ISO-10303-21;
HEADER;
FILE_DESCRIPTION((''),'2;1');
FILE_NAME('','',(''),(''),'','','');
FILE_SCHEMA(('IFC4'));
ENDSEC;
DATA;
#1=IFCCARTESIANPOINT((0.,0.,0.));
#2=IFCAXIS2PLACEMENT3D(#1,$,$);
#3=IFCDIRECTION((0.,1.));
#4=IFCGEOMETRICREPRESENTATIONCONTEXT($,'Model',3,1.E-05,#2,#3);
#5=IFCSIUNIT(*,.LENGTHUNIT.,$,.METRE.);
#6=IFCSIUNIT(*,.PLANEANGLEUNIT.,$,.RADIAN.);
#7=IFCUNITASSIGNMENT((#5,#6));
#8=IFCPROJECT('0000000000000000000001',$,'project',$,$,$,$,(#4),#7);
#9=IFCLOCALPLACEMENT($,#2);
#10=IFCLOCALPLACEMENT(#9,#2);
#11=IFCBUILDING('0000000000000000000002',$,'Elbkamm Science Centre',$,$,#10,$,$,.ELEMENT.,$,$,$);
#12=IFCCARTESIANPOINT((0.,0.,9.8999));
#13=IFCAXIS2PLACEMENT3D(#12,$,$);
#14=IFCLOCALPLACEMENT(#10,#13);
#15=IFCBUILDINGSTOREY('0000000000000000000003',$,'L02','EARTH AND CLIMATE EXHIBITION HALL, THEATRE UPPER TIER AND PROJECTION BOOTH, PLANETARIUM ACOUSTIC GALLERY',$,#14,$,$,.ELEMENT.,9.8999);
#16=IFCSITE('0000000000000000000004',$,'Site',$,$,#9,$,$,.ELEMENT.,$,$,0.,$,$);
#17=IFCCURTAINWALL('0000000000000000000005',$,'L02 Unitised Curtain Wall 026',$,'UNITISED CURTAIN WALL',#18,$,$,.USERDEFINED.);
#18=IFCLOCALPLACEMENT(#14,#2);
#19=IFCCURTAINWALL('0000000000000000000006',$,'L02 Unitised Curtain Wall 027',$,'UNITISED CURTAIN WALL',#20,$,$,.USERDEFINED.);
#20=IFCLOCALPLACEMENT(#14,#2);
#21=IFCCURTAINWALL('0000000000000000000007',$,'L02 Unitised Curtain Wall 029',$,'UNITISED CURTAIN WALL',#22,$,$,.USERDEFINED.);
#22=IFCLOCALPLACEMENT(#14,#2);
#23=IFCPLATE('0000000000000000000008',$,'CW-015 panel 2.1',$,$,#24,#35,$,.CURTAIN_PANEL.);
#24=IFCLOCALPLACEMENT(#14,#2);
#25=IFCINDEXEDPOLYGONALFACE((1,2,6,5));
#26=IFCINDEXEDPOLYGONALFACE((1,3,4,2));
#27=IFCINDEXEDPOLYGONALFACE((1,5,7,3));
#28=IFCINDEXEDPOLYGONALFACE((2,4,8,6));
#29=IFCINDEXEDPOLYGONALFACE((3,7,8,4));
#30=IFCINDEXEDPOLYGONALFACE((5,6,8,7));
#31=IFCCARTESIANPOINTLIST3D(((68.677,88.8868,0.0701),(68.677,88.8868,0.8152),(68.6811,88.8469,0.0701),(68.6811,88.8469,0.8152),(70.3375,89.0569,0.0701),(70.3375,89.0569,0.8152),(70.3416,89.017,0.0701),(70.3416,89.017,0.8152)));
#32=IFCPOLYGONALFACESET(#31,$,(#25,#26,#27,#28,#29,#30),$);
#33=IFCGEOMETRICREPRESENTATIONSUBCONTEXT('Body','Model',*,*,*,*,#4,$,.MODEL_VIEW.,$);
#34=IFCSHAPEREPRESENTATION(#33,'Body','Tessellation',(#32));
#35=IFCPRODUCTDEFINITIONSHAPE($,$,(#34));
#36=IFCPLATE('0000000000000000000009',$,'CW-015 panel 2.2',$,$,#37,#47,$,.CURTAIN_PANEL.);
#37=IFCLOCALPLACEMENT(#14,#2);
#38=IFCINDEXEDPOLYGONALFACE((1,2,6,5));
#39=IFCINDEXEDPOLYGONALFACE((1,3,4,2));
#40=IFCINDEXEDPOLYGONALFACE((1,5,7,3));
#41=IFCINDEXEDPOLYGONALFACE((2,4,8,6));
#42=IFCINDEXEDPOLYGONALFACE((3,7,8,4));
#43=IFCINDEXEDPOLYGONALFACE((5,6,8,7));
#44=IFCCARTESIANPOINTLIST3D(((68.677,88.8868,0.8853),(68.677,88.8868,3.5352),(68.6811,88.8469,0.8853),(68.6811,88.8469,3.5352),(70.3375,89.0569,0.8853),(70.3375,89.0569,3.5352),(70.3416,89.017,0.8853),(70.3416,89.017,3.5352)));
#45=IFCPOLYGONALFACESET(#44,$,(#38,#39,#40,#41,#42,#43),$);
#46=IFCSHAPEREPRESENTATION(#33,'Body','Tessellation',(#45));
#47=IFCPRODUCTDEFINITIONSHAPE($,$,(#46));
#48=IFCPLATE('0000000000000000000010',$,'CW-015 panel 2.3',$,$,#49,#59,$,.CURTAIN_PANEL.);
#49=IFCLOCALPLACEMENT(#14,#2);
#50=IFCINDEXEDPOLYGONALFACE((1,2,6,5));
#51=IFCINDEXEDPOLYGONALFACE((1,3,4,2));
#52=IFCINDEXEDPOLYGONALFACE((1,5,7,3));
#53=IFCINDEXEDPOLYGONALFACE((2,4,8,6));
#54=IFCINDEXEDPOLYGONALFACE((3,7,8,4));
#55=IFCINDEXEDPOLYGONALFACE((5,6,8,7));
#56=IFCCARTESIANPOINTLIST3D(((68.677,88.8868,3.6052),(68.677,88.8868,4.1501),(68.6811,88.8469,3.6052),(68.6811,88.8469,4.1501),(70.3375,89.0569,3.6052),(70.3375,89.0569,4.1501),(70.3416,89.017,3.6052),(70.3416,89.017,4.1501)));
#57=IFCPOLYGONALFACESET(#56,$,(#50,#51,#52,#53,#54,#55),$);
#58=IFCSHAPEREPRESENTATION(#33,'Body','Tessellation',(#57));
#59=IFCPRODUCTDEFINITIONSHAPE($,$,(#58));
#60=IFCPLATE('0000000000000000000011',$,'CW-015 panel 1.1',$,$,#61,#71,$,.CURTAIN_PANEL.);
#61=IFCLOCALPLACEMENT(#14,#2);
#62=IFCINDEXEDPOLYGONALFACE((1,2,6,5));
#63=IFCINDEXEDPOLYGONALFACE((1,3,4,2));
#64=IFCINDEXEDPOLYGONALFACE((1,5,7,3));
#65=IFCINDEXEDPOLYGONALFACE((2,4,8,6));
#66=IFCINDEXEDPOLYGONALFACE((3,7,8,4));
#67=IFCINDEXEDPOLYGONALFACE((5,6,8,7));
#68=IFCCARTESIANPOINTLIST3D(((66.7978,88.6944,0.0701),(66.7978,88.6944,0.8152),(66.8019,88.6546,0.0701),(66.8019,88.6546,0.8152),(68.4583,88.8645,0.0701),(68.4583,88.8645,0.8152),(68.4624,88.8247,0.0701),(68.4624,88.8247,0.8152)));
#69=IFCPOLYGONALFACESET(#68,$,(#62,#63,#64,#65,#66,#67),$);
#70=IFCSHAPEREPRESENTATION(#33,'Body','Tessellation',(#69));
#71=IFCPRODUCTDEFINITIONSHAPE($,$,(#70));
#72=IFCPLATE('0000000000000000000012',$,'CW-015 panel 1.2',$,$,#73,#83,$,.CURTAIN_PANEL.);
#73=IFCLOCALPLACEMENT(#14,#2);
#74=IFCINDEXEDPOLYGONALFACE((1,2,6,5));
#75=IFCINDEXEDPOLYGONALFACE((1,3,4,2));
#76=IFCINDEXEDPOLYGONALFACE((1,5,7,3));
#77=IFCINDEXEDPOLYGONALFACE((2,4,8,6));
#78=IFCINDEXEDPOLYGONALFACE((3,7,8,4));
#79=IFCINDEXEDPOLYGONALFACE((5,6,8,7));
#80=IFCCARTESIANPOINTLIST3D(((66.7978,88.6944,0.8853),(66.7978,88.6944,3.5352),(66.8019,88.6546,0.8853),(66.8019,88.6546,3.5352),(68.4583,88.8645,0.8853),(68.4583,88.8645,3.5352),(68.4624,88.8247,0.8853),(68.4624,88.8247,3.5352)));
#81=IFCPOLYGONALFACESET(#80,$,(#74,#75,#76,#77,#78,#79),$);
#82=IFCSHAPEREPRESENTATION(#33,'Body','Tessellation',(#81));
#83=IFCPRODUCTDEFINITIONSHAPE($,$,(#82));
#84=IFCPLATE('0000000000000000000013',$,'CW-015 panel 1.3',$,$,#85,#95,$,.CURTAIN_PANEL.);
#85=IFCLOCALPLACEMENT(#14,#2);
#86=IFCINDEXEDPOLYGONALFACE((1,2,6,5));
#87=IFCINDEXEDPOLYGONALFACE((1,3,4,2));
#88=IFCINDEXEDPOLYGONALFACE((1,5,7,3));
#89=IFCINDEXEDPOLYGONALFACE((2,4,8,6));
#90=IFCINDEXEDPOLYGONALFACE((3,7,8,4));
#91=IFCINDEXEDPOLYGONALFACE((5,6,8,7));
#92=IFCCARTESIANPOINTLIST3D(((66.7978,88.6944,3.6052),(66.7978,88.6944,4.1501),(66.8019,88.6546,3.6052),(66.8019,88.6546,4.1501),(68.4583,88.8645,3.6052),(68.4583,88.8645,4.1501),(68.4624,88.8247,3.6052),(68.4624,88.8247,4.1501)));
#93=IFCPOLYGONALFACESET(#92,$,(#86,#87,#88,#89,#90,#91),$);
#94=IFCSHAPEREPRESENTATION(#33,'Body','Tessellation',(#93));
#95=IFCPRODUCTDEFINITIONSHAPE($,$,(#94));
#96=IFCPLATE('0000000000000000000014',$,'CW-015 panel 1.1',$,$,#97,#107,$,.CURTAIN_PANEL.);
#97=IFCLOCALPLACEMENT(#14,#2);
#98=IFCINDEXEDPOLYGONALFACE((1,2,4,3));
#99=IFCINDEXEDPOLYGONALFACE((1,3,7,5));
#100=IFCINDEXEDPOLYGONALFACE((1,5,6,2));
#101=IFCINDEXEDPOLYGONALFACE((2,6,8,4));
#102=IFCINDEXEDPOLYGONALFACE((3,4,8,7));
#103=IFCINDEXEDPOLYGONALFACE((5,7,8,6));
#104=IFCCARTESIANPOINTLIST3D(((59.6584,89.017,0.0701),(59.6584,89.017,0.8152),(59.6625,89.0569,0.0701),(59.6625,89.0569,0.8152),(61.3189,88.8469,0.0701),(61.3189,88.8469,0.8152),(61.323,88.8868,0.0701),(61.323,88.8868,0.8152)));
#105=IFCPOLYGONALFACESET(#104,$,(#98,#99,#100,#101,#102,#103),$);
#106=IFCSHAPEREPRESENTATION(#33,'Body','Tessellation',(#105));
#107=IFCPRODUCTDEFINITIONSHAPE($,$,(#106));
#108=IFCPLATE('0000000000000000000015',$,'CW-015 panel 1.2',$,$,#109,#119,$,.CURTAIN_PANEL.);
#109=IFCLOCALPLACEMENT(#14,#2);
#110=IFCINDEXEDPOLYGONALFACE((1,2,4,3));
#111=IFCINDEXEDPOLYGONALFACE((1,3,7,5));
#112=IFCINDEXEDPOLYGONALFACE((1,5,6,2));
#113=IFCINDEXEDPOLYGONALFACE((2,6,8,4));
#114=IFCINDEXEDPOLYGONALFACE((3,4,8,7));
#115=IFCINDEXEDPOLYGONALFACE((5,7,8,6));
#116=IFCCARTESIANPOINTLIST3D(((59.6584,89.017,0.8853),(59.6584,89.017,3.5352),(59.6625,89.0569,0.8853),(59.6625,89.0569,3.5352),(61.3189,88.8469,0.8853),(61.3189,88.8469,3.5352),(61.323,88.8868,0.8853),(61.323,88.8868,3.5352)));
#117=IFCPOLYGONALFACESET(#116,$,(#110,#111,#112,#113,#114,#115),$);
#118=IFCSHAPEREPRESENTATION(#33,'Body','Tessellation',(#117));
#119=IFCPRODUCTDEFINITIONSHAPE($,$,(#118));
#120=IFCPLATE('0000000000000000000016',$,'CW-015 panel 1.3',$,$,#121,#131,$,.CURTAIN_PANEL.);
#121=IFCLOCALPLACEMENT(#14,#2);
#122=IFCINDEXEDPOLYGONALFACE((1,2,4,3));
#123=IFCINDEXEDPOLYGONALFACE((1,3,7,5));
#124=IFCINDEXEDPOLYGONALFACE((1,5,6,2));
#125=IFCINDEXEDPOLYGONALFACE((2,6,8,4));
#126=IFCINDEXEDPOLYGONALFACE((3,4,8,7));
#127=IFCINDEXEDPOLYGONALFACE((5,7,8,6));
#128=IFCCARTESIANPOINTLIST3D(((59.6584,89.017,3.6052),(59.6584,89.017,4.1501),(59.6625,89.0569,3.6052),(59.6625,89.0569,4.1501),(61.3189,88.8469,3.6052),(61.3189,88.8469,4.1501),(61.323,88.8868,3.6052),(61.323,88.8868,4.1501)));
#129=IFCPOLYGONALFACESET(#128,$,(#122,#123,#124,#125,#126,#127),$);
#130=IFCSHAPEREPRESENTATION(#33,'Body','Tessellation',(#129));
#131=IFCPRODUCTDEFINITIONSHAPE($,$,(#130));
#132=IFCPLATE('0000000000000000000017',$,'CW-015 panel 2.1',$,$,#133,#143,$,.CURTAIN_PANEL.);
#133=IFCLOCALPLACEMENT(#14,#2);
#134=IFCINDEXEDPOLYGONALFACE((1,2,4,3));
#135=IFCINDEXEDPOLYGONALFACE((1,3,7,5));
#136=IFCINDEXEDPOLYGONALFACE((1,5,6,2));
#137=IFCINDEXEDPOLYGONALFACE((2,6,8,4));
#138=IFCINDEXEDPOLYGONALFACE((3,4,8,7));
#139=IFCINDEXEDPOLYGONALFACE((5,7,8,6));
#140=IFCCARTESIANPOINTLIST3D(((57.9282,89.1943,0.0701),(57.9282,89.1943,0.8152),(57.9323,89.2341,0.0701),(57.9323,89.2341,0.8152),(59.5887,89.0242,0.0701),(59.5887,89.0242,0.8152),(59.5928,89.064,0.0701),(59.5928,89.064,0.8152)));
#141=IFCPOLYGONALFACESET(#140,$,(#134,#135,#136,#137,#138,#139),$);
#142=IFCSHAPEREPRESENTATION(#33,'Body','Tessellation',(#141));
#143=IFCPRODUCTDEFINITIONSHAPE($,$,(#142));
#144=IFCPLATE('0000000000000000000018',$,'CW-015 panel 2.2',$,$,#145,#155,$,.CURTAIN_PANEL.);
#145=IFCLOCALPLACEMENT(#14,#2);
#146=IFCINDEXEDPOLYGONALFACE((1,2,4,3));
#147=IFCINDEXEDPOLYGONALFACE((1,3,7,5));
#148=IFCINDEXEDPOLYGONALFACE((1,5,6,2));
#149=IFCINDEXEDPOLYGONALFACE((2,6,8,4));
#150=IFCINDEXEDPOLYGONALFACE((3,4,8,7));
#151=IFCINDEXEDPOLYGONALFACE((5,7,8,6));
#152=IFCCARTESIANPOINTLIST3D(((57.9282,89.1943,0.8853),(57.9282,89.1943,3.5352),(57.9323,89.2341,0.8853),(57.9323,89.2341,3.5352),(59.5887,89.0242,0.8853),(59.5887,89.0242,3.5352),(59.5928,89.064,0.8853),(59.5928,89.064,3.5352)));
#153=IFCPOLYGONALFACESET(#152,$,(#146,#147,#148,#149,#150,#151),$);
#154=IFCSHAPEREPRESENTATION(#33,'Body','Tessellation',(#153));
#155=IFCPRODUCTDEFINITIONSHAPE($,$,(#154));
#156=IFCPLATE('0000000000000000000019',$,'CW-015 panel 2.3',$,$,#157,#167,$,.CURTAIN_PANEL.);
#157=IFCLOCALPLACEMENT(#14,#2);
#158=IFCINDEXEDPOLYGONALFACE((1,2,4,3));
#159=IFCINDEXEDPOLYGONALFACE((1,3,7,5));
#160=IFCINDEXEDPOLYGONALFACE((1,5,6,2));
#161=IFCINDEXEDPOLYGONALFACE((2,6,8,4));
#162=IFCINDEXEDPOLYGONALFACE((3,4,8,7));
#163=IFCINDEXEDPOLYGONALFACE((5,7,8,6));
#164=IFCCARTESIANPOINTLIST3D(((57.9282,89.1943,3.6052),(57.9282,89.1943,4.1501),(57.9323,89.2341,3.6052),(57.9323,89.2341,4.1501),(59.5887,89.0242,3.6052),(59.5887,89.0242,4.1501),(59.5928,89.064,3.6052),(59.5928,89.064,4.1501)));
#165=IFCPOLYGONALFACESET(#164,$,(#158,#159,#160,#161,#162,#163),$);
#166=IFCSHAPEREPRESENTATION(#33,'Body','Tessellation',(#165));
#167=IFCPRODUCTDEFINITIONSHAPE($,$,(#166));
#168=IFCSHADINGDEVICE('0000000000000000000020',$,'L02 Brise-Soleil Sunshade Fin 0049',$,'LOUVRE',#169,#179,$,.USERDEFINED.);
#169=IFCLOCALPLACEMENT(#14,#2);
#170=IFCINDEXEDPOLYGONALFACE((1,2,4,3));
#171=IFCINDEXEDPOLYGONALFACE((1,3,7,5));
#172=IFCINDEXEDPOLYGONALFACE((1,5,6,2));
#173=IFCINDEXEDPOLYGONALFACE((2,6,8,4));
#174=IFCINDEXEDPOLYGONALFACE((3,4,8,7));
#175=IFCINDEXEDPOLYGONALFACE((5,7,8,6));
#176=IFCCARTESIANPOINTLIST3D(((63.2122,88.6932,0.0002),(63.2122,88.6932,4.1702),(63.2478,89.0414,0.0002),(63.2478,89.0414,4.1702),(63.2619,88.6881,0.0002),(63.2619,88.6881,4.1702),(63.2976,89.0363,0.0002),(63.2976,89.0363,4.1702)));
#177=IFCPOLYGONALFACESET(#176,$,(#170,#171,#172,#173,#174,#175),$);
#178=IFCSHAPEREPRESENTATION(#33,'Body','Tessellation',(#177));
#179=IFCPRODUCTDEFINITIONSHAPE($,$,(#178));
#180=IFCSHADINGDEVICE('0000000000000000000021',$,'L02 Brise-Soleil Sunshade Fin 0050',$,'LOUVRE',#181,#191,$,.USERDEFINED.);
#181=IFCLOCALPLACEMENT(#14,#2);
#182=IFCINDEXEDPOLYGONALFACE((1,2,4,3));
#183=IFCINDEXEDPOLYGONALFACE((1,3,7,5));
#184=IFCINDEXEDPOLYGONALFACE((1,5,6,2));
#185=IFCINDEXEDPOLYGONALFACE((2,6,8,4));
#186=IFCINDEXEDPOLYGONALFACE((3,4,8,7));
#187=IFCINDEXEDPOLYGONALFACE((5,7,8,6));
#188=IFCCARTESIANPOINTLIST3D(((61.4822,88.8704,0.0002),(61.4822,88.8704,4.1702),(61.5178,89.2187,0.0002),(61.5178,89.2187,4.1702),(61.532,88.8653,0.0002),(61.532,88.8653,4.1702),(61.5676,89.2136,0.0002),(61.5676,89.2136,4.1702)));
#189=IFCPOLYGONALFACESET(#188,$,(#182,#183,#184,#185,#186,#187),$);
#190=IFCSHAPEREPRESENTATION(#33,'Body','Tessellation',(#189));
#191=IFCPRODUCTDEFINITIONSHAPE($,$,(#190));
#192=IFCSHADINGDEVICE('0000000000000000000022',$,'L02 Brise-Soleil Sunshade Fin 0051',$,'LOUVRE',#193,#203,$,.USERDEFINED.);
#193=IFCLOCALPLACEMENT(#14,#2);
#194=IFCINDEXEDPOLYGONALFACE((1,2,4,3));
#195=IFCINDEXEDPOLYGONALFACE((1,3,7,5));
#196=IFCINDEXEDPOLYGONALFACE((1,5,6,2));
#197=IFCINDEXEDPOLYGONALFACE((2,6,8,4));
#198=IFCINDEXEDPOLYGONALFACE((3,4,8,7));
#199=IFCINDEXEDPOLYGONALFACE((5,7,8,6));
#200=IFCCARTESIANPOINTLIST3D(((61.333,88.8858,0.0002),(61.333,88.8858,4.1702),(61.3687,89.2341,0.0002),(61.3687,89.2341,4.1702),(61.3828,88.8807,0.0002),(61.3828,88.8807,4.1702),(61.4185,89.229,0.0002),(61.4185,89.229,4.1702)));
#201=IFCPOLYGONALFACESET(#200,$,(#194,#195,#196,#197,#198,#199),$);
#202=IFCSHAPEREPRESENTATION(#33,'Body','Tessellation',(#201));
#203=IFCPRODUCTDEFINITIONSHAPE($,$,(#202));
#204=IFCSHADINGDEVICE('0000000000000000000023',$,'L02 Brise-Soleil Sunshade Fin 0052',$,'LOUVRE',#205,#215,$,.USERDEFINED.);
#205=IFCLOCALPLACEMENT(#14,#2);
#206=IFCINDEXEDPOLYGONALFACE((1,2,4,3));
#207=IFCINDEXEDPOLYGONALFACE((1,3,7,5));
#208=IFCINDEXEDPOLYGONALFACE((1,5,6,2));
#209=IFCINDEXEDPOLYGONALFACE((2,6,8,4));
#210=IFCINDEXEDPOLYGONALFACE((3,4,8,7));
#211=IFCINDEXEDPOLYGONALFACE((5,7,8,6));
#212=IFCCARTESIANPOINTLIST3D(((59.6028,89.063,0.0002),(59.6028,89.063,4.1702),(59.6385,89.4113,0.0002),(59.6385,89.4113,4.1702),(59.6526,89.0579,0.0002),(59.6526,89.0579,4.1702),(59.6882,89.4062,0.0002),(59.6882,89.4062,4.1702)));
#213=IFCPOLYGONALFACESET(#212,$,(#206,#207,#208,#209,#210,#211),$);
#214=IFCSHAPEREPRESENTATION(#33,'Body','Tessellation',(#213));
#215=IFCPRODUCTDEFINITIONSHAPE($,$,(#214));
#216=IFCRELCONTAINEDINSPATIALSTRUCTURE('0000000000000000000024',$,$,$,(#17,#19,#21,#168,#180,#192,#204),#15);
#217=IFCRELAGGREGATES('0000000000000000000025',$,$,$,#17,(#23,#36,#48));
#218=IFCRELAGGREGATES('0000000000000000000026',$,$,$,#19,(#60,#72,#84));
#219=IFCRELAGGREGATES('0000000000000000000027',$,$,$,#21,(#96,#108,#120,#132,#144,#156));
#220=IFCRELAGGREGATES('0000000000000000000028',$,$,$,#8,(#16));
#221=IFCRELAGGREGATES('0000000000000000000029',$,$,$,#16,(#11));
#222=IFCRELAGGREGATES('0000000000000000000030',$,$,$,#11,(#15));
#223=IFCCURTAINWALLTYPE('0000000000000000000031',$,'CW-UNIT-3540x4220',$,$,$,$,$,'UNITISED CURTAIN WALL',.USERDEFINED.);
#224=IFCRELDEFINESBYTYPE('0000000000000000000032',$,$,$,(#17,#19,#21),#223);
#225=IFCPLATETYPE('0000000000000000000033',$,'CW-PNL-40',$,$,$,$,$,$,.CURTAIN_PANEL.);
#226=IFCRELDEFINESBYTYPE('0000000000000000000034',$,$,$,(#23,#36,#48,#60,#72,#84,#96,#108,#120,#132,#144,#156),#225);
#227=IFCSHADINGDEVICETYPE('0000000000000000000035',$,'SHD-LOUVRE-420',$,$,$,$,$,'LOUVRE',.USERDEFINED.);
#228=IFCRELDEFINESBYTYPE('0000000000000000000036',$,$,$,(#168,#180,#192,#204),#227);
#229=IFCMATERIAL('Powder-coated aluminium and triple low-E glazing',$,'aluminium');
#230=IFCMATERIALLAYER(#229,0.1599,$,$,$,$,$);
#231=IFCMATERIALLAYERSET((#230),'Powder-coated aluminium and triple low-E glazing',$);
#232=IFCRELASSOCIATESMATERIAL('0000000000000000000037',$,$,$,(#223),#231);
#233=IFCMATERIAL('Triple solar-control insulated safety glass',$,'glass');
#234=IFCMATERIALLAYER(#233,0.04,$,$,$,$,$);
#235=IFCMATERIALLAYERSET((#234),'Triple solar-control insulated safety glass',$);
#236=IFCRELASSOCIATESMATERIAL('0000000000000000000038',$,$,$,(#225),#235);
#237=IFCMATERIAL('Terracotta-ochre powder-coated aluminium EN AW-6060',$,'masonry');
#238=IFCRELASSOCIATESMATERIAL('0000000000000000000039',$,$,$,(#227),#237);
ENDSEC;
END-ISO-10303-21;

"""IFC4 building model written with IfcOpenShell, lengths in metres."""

from ifc_helpers import new_model, si_unit, direction, frame, origin, origin_2d, place, context, subcontext, project, spatial, rectangle, extrude, material, layer, layer_set, type_object, element, aggregate, save


model = new_model("IFC4")

# Units and contexts
model_context = context("Model", 3, precision=1e-05, world=origin(), true_north=direction((0.0, 1.0)))
body_context = subcontext(model_context, "Body", "Model", "MODEL_VIEW")
ifc_project = project(units=[si_unit("LENGTHUNIT", "METRE"), si_unit("PLANEANGLEUNIT", "RADIAN")], contexts=[model_context])

# Site, building, storey
site_placement = place(None, origin())
site = spatial("IfcSite", under=ifc_project, at=site_placement, Name="Site", CompositionType="ELEMENT", RefElevation=0.0)
building_placement = place(site_placement, origin())
building = spatial("IfcBuilding", under=site, at=building_placement, Name="Elbkamm Science Centre", CompositionType="ELEMENT")
storey_placement = place(building_placement, frame((0.0, 0.0, 9.8999)))
storey = spatial("IfcBuildingStorey", under=building, at=storey_placement, Name="L02", Description="EARTH AND CLIMATE EXHIBITION HALL, THEATRE UPPER TIER AND PROJECTION BOOTH, PLANETARIUM ACOUSTIC GALLERY", CompositionType="ELEMENT", Elevation=9.8999)

# Curtain walls
ifc_material_1 = material(Name="Powder-coated aluminium and triple low-E glazing", Category="aluminium")
ifc_layer_1 = layer(ifc_material_1, 0.1599)
ifc_layer_set_1 = layer_set([ifc_layer_1], Name="Powder-coated aluminium and triple low-E glazing")
curtain_wall_type_1 = type_object("IfcCurtainWallType", Name="CW-UNIT-3540x4220", ElementType="UNITISED CURTAIN WALL", PredefinedType="USERDEFINED", material=ifc_layer_set_1)
curtain_wall_1_placement = place(storey_placement, origin())
curtain_wall_1 = element("IfcCurtainWall", 1, at=curtain_wall_1_placement, inside=storey, type_object=curtain_wall_type_1, Name="L02 Unitised Curtain Wall 026", ObjectType="UNITISED CURTAIN WALL", PredefinedType="USERDEFINED")
curtain_wall_2_placement = place(storey_placement, origin())
curtain_wall_2 = element("IfcCurtainWall", 2, at=curtain_wall_2_placement, inside=storey, type_object=curtain_wall_type_1, Name="L02 Unitised Curtain Wall 027", ObjectType="UNITISED CURTAIN WALL", PredefinedType="USERDEFINED")

# Curtain wall
curtain_wall_3_placement = place(storey_placement, origin())
curtain_wall_3 = element("IfcCurtainWall", 3, at=curtain_wall_3_placement, inside=storey, type_object=curtain_wall_type_1, Name="L02 Unitised Curtain Wall 029", ObjectType="UNITISED CURTAIN WALL", PredefinedType="USERDEFINED")

# Plates
ifc_material_2 = material(Name="Triple solar-control insulated safety glass", Category="glass")
ifc_layer_2 = layer(ifc_material_2, 0.04)
ifc_layer_set_2 = layer_set([ifc_layer_2], Name="Triple solar-control insulated safety glass")
plate_type = type_object("IfcPlateType", Name="CW-PNL-40", PredefinedType="CURTAIN_PANEL", material=ifc_layer_set_2)
plate_1_placement = place(storey_placement, frame((69.5093, 88.9519, 0.0701), z_axis=(0.0, 0.0, 1.0), x_axis=(-0.994794, -0.101906, 0.0)))
plate_1 = element("IfcPlate", 4, at=plate_1_placement, type_object=plate_type, Name="CW-015 panel 2.1", PredefinedType="CURTAIN_PANEL", context=body_context, shape_type="SweptSolid", body=[
    extrude(rectangle(XDim=1.6692, YDim=0.04, at=origin_2d()), origin(), (0.0, 0.0, 1.0), 0.7451),
])
plate_2_placement = place(storey_placement, frame((69.5093, 88.9519, 0.8853), z_axis=(0.0, 0.0, 1.0), x_axis=(-0.994794, -0.101906, 0.0)))
plate_2 = element("IfcPlate", 5, at=plate_2_placement, type_object=plate_type, Name="CW-015 panel 2.2", PredefinedType="CURTAIN_PANEL", context=body_context, shape_type="SweptSolid", body=[
    extrude(rectangle(XDim=1.6692, YDim=0.04, at=origin_2d()), origin(), (0.0, 0.0, 1.0), 2.6499),
])
plate_3_placement = place(storey_placement, frame((69.5093, 88.9519, 3.6052), z_axis=(0.0, 0.0, 1.0), x_axis=(-0.994794, -0.101906, 0.0)))
plate_3 = element("IfcPlate", 6, at=plate_3_placement, type_object=plate_type, Name="CW-015 panel 2.3", PredefinedType="CURTAIN_PANEL", context=body_context, shape_type="SweptSolid", body=[
    extrude(rectangle(XDim=1.6692, YDim=0.04, at=origin_2d()), origin(), (0.0, 0.0, 1.0), 0.5449),
])
aggregate(curtain_wall_1, [plate_1, plate_2, plate_3])
plate_4_placement = place(storey_placement, frame((67.6301, 88.7595, 0.0701), z_axis=(0.0, 0.0, 1.0), x_axis=(-0.994794, -0.101906, 0.0)))
plate_4 = element("IfcPlate", 7, at=plate_4_placement, type_object=plate_type, Name="CW-015 panel 1.1", PredefinedType="CURTAIN_PANEL", context=body_context, shape_type="SweptSolid", body=[
    extrude(rectangle(XDim=1.6692, YDim=0.04, at=origin_2d()), origin(), (0.0, 0.0, 1.0), 0.7451),
])
plate_5_placement = place(storey_placement, frame((67.6301, 88.7595, 0.8853), z_axis=(0.0, 0.0, 1.0), x_axis=(-0.994794, -0.101906, 0.0)))
plate_5 = element("IfcPlate", 8, at=plate_5_placement, type_object=plate_type, Name="CW-015 panel 1.2", PredefinedType="CURTAIN_PANEL", context=body_context, shape_type="SweptSolid", body=[
    extrude(rectangle(XDim=1.6692, YDim=0.04, at=origin_2d()), origin(), (0.0, 0.0, 1.0), 2.6499),
])
plate_6_placement = place(storey_placement, frame((67.6301, 88.7595, 3.6052), z_axis=(0.0, 0.0, 1.0), x_axis=(-0.994794, -0.101906, 0.0)))
plate_6 = element("IfcPlate", 9, at=plate_6_placement, type_object=plate_type, Name="CW-015 panel 1.3", PredefinedType="CURTAIN_PANEL", context=body_context, shape_type="SweptSolid", body=[
    extrude(rectangle(XDim=1.6692, YDim=0.04, at=origin_2d()), origin(), (0.0, 0.0, 1.0), 0.5449),
])
aggregate(curtain_wall_2, [plate_4, plate_5, plate_6])
plate_7_placement = place(storey_placement, frame((60.4907, 88.9519, 0.0701), z_axis=(0.0, 0.0, 1.0), x_axis=(-0.994794, 0.101906, 0.0)))
plate_7 = element("IfcPlate", 10, at=plate_7_placement, type_object=plate_type, Name="CW-015 panel 1.1", PredefinedType="CURTAIN_PANEL", context=body_context, shape_type="SweptSolid", body=[
    extrude(rectangle(XDim=1.6692, YDim=0.04, at=origin_2d()), origin(), (0.0, 0.0, 1.0), 0.7451),
])
plate_8_placement = place(storey_placement, frame((60.4907, 88.9519, 0.8853), z_axis=(0.0, 0.0, 1.0), x_axis=(-0.994794, 0.101906, 0.0)))
plate_8 = element("IfcPlate", 11, at=plate_8_placement, type_object=plate_type, Name="CW-015 panel 1.2", PredefinedType="CURTAIN_PANEL", context=body_context, shape_type="SweptSolid", body=[
    extrude(rectangle(XDim=1.6692, YDim=0.04, at=origin_2d()), origin(), (0.0, 0.0, 1.0), 2.6499),
])
plate_9_placement = place(storey_placement, frame((60.4907, 88.9519, 3.6052), z_axis=(0.0, 0.0, 1.0), x_axis=(-0.994794, 0.101906, 0.0)))
plate_9 = element("IfcPlate", 12, at=plate_9_placement, type_object=plate_type, Name="CW-015 panel 1.3", PredefinedType="CURTAIN_PANEL", context=body_context, shape_type="SweptSolid", body=[
    extrude(rectangle(XDim=1.6692, YDim=0.04, at=origin_2d()), origin(), (0.0, 0.0, 1.0), 0.5449),
])
plate_10_placement = place(storey_placement, frame((58.7605, 89.1292, 0.0701), z_axis=(0.0, 0.0, 1.0), x_axis=(-0.994794, 0.101906, 0.0)))
plate_10 = element("IfcPlate", 13, at=plate_10_placement, type_object=plate_type, Name="CW-015 panel 2.1", PredefinedType="CURTAIN_PANEL", context=body_context, shape_type="SweptSolid", body=[
    extrude(rectangle(XDim=1.6692, YDim=0.04, at=origin_2d()), origin(), (0.0, 0.0, 1.0), 0.7451),
])
plate_11_placement = place(storey_placement, frame((58.7605, 89.1292, 0.8853), z_axis=(0.0, 0.0, 1.0), x_axis=(-0.994794, 0.101906, 0.0)))
plate_11 = element("IfcPlate", 14, at=plate_11_placement, type_object=plate_type, Name="CW-015 panel 2.2", PredefinedType="CURTAIN_PANEL", context=body_context, shape_type="SweptSolid", body=[
    extrude(rectangle(XDim=1.6692, YDim=0.04, at=origin_2d()), origin(), (0.0, 0.0, 1.0), 2.6499),
])
plate_12_placement = place(storey_placement, frame((58.7605, 89.1292, 3.6052), z_axis=(0.0, 0.0, 1.0), x_axis=(-0.994794, 0.101906, 0.0)))
plate_12 = element("IfcPlate", 15, at=plate_12_placement, type_object=plate_type, Name="CW-015 panel 2.3", PredefinedType="CURTAIN_PANEL", context=body_context, shape_type="SweptSolid", body=[
    extrude(rectangle(XDim=1.6692, YDim=0.04, at=origin_2d()), origin(), (0.0, 0.0, 1.0), 0.5449),
])
aggregate(curtain_wall_3, [plate_7, plate_8, plate_9, plate_10, plate_11, plate_12])

# Shading devices
ifc_material_3 = material(Name="Terracotta-ochre powder-coated aluminium EN AW-6060", Category="masonry")
shading_device_type = type_object("IfcShadingDeviceType", Name="SHD-LOUVRE-420", ElementType="LOUVRE", PredefinedType="USERDEFINED", material=ifc_material_3)
for number, where, z_axis, x_axis, name in (
    (16, (63.2549, 88.8647, 0.0002), (0.0, 0.0, 1.0), (0.101905, 0.994794, 0.0), "L02 Brise-Soleil Sunshade Fin 0049"),
    (17, (61.5249, 89.042, 0.0002), (0.0, 0.0, 1.0), (0.101905, 0.994794, 0.0), "L02 Brise-Soleil Sunshade Fin 0050"),
    (18, (61.3757, 89.0574, 0.0002), (0.0, 0.0, 1.0), (0.101905, 0.994794, 0.0), "L02 Brise-Soleil Sunshade Fin 0051"),
    (19, (59.6455, 89.2346, 0.0002), (0.0, 0.0, 1.0), (0.101905, 0.994794, 0.0), "L02 Brise-Soleil Sunshade Fin 0052"),
):
    element("IfcShadingDevice", number, at=place(storey_placement, frame(where, z_axis=z_axis, x_axis=x_axis)), inside=storey, type_object=shading_device_type, Name=name, ObjectType="LOUVRE", PredefinedType="USERDEFINED", context=body_context, shape_type="SweptSolid", body=[
        extrude(rectangle(XDim=0.3501, YDim=0.05, at=origin_2d()), origin(), (0.0, 0.0, 1.0), 4.1699),
    ])

save(model, "model.ifc")
